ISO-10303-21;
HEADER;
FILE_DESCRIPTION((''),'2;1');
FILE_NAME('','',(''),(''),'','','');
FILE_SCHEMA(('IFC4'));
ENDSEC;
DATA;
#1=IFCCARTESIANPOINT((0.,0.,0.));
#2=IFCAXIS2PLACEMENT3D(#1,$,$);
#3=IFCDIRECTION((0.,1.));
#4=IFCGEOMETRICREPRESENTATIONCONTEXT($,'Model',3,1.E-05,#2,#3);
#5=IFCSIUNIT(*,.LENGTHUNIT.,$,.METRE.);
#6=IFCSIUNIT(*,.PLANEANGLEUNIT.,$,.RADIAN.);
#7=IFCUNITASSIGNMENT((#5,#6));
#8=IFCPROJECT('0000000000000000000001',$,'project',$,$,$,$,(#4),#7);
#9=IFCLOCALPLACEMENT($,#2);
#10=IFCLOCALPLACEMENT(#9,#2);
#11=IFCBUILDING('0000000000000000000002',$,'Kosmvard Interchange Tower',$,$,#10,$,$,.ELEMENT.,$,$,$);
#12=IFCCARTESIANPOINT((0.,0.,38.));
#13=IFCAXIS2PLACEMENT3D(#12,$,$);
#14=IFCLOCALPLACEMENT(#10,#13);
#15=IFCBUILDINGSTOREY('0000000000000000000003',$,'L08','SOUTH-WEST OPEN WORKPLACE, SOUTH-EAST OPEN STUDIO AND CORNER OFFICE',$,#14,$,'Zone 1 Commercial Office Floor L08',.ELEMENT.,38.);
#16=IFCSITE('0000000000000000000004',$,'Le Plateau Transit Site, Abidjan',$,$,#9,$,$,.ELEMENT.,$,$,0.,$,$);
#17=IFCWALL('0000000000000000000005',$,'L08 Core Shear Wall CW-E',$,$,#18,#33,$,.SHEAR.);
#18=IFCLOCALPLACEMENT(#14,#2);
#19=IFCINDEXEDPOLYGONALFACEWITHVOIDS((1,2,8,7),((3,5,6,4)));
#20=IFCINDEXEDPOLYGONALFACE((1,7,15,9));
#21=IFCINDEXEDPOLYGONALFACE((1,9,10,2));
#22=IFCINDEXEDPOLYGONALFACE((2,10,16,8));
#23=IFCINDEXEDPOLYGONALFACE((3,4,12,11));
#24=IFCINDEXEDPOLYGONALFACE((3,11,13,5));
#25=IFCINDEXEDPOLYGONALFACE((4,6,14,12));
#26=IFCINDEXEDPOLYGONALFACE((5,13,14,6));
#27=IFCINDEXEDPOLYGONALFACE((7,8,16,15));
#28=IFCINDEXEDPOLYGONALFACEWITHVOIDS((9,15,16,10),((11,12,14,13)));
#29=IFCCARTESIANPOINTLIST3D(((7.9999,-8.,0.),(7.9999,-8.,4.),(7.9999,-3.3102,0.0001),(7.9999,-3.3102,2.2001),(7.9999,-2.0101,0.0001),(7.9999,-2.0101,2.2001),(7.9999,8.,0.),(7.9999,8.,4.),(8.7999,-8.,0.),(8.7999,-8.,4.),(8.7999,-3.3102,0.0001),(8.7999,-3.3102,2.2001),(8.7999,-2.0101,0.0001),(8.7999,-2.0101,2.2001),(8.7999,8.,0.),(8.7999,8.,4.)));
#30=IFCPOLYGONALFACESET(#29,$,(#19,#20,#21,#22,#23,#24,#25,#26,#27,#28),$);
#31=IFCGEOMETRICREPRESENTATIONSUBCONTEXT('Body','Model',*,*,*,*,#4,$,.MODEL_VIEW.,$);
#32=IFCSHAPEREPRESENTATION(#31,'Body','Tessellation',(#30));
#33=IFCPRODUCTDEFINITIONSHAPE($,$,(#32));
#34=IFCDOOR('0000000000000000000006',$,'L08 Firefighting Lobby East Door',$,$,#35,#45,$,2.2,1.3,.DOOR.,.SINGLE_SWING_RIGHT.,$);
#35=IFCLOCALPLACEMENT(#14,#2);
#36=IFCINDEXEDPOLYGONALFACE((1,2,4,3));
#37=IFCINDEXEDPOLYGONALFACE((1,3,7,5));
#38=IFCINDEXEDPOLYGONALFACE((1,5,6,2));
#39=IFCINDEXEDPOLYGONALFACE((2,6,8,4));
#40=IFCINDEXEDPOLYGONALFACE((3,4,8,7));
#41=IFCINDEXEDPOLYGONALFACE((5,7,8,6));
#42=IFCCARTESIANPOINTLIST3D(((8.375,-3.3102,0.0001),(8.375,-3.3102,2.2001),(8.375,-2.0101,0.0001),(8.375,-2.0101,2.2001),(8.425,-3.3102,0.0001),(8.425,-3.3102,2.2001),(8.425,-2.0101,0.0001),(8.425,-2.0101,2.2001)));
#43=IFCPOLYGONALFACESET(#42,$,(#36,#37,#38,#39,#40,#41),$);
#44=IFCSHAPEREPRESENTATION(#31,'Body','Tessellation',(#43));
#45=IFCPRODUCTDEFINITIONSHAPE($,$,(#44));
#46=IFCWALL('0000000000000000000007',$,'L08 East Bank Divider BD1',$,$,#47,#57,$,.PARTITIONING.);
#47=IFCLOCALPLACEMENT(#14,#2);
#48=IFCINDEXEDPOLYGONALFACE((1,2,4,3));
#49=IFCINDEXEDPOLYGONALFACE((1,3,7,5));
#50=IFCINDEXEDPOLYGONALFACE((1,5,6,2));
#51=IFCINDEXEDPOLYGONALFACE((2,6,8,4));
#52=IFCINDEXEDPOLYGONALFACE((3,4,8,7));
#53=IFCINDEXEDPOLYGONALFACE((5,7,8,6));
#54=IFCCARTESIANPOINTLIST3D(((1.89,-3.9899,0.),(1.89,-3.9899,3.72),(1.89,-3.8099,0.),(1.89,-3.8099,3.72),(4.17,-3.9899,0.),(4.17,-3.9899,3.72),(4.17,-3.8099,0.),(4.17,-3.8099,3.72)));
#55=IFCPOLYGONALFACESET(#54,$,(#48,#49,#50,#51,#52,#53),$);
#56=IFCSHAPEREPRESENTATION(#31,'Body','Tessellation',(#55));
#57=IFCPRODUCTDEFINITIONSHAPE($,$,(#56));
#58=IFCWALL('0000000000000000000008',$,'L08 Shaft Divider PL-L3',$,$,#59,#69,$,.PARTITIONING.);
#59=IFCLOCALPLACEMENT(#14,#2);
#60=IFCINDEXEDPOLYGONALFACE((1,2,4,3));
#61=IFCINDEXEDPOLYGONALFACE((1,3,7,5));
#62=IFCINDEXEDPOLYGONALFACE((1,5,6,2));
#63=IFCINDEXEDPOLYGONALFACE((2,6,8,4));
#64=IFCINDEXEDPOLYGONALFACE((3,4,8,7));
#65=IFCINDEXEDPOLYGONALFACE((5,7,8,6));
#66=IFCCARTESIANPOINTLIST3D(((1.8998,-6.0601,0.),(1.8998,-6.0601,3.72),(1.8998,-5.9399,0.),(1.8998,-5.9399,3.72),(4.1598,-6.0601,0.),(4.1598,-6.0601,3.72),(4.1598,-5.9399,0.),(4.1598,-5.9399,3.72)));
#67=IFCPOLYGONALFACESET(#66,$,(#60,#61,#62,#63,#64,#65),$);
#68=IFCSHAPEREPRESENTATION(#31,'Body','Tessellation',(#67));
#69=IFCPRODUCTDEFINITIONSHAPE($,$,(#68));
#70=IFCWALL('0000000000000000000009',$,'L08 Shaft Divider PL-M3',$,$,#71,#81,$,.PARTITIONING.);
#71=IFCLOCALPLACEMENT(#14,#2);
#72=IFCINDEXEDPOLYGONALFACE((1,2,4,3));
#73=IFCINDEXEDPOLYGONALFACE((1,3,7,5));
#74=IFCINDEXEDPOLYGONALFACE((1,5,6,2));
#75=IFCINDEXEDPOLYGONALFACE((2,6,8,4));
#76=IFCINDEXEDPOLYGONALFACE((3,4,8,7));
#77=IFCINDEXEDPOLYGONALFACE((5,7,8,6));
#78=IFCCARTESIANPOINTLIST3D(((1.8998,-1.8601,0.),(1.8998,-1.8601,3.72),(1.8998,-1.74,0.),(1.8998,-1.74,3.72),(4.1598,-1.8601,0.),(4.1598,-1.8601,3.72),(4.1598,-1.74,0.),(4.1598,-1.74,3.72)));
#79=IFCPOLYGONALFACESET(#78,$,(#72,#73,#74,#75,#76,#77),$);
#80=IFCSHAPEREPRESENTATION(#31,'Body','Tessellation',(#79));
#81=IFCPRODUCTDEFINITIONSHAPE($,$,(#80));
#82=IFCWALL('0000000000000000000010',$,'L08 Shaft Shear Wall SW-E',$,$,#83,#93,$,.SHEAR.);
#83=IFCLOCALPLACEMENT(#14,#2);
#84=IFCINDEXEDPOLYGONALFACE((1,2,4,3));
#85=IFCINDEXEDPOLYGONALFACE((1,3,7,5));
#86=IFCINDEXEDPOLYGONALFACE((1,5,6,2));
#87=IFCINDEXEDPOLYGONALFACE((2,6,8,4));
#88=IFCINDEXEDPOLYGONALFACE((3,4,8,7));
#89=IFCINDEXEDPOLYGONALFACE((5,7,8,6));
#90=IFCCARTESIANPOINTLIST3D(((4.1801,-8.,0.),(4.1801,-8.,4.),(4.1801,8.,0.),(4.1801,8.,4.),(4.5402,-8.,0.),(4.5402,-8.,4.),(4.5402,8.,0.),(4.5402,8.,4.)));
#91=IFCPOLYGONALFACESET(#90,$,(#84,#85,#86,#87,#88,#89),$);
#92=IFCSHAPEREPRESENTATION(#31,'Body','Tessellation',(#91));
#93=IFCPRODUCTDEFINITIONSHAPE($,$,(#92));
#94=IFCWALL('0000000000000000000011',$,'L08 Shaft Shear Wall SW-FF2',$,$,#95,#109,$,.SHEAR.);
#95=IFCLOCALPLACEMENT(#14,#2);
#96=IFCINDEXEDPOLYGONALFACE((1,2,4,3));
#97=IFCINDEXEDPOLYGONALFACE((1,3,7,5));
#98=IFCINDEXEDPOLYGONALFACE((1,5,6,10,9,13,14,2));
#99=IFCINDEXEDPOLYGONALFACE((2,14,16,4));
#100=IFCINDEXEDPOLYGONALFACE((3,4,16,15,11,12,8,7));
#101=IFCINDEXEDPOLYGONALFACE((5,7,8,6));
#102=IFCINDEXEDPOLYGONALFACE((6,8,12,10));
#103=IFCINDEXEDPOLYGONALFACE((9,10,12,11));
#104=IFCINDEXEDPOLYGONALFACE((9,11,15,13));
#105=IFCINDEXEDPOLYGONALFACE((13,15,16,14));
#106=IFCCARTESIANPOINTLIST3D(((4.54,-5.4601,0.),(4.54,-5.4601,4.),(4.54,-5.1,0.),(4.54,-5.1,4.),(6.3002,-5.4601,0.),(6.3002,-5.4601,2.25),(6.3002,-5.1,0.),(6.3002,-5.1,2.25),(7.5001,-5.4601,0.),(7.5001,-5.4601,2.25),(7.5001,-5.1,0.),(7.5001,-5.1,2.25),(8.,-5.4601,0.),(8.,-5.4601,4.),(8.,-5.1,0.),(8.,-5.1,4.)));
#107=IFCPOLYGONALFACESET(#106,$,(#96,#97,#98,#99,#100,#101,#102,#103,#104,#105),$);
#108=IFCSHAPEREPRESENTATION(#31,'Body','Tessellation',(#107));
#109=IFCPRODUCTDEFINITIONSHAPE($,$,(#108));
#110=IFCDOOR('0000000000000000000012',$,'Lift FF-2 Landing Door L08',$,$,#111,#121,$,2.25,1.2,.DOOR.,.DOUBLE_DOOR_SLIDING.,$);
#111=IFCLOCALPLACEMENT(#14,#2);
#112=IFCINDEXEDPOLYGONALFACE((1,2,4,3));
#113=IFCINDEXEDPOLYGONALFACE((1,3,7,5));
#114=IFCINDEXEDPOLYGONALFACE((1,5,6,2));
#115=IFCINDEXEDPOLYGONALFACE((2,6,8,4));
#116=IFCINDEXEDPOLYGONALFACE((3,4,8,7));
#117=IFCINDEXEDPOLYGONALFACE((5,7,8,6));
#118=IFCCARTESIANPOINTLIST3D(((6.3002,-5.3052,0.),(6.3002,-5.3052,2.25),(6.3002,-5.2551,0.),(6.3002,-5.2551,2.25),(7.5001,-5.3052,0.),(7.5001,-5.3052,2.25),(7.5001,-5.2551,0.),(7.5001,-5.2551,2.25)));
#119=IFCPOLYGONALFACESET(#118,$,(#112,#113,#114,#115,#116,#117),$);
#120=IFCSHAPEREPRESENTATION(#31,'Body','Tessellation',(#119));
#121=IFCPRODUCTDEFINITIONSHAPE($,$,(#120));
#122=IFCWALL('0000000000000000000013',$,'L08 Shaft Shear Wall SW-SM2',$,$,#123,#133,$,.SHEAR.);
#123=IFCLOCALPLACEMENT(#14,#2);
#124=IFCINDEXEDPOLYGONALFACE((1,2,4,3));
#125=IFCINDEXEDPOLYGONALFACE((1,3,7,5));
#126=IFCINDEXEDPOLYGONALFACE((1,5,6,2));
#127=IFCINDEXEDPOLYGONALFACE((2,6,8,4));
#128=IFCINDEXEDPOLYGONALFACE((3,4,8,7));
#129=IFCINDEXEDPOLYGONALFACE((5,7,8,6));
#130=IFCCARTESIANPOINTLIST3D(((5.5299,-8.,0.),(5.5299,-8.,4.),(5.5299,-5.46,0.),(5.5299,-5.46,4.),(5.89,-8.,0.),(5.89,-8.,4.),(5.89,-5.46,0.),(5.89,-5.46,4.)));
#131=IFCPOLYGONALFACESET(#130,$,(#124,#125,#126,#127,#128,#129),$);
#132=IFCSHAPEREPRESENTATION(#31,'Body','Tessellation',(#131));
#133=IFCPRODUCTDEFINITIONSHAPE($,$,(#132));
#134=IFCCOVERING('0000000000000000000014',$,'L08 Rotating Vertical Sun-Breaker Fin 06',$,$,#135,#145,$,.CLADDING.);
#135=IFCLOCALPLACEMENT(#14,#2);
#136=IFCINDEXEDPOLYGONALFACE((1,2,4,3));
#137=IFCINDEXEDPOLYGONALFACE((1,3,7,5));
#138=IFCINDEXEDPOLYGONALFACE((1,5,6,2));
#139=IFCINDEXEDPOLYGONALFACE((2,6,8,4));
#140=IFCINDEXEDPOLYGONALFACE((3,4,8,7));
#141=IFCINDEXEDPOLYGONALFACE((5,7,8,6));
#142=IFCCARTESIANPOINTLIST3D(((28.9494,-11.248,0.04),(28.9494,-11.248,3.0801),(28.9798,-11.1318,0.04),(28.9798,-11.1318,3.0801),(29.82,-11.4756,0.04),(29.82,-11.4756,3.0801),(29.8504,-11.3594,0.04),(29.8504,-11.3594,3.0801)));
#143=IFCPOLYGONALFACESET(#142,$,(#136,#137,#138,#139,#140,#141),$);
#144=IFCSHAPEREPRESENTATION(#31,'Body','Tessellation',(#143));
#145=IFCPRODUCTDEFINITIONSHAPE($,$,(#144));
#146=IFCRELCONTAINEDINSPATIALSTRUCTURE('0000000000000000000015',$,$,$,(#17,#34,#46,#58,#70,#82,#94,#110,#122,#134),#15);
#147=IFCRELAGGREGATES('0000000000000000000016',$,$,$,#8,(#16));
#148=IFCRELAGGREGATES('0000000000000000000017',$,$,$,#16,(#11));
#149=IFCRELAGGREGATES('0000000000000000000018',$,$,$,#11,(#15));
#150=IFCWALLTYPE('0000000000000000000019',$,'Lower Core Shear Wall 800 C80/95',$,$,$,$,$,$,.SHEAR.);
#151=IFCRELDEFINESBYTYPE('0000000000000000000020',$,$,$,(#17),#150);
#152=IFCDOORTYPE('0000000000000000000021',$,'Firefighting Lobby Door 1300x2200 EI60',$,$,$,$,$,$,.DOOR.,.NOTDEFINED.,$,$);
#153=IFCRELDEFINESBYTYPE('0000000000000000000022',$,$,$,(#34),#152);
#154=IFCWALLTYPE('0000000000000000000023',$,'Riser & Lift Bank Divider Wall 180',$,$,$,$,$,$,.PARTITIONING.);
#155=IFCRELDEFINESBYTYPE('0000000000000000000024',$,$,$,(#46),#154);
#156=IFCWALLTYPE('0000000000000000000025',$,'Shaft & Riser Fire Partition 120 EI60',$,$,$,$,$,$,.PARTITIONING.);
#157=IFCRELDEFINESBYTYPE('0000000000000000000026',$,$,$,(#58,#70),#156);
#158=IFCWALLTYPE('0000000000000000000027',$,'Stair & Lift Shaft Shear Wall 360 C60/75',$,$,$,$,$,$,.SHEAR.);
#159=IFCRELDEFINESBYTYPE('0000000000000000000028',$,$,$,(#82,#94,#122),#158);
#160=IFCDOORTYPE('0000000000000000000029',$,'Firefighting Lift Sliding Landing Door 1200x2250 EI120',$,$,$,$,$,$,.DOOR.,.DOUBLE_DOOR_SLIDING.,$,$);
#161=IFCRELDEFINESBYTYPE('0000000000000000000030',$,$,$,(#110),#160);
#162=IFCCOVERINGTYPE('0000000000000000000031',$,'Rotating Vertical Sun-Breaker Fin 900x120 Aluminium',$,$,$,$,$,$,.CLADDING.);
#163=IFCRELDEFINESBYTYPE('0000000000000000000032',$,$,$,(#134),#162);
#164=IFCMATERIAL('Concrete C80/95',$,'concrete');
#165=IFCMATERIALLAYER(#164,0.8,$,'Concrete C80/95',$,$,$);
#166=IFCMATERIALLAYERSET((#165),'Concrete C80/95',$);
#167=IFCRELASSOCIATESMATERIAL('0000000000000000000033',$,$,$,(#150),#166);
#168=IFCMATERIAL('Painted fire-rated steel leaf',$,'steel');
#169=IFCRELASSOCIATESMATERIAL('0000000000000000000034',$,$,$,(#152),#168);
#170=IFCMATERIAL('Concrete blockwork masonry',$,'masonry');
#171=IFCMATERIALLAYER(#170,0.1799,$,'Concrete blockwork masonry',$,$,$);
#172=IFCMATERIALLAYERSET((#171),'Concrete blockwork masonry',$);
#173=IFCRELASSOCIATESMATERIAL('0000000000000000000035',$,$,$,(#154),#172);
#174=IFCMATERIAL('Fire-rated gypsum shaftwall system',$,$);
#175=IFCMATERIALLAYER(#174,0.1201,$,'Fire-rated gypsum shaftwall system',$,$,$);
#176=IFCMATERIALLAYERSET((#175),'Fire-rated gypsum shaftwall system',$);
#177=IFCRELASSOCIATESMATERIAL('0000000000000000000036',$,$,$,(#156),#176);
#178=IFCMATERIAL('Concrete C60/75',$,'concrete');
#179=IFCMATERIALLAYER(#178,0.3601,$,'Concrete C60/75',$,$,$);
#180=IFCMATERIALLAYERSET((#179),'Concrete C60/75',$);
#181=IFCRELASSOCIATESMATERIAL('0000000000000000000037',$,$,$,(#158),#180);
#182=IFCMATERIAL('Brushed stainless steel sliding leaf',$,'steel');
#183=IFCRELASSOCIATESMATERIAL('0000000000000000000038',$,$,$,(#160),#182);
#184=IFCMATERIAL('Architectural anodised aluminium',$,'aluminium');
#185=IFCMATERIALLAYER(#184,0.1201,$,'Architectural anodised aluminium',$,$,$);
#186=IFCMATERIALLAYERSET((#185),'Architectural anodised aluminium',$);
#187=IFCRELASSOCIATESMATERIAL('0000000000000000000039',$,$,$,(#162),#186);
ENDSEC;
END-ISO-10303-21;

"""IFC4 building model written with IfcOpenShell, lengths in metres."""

from ifc_helpers import new_model, si_unit, direction, frame, frame_2d, origin, origin_2d, place, context, subcontext, project, spatial, rectangle, extrude, source, transform, mapped, material, layer, layer_set, type_object, element, fill, save


model = new_model("IFC4")

# Units and contexts
model_context = context("Model", 3, precision=1e-05, world=origin(), true_north=direction((0.0, 1.0)))
body_context = subcontext(model_context, "Body", "Model", "MODEL_VIEW")
ifc_project = project(units=[si_unit("LENGTHUNIT", "METRE"), si_unit("PLANEANGLEUNIT", "RADIAN")], contexts=[model_context])

# Site, building, storey
site_placement = place(None, origin())
site = spatial("IfcSite", under=ifc_project, at=site_placement, Name="Le Plateau Transit Site, Abidjan", CompositionType="ELEMENT", RefElevation=0.0)
building_placement = place(site_placement, origin())
building = spatial("IfcBuilding", under=site, at=building_placement, Name="Kosmvard Interchange Tower", CompositionType="ELEMENT")
storey_placement = place(building_placement, frame((0.0, 0.0, 38.0)))
storey = spatial("IfcBuildingStorey", under=building, at=storey_placement, Name="L08", Description="SOUTH-WEST OPEN WORKPLACE, SOUTH-EAST OPEN STUDIO AND CORNER OFFICE", LongName="Zone 1 Commercial Office Floor L08", CompositionType="ELEMENT", Elevation=38.0)

# Shared definitions
ifc_material_1 = material(Name="Concrete C80/95", Category="concrete")
ifc_material_2 = material(Name="Concrete C60/75", Category="concrete")

# Shared definitions
ifc_material_3 = material(Name="Brushed stainless steel sliding leaf", Category="steel")

# Wall, opening, door
ifc_layer_1 = layer(ifc_material_1, 0.8, Name="Concrete C80/95")
ifc_layer_set_1 = layer_set([ifc_layer_1], Name="Concrete C80/95")
wall_type_1 = type_object("IfcWallType", Name="Lower Core Shear Wall 800 C80/95", PredefinedType="SHEAR", material=ifc_layer_set_1)
wall_1_placement = place(storey_placement, frame((8.3999, -8.0, 0.0), z_axis=(0.0, 0.0, 1.0), x_axis=(0.0, 1.0, 0.0)))
wall_1 = element("IfcWall", 1, at=wall_1_placement, inside=storey, type_object=wall_type_1, Name="L08 Core Shear Wall CW-E", PredefinedType="SHEAR", context=body_context, shape_type="SweptSolid", body=[
    extrude(rectangle(XDim=16.0, YDim=0.8, at=frame_2d((8.0, 0.0))), origin(), (0.0, 0.0, 1.0), 4.0),
])
opening_1_placement = place(wall_1_placement, frame((4.6899, 0.0, 0.0)))
opening_1 = element("IfcOpeningElement", 2, at=opening_1_placement, cuts=wall_1, PredefinedType="OPENING", context=body_context, shape_type="SweptSolid", body=[
    extrude(rectangle(XDim=1.3, YDim=2.2, at=frame_2d((0.6499, 1.1001))), frame((0.0, 0.4102, 0.0), z_axis=(0.0, -1.0, 0.0), x_axis=(1.0, 0.0, 0.0)), (0.0, 0.0, 1.0), 0.8201),
])
ifc_material_4 = material(Name="Painted fire-rated steel leaf", Category="steel")
door_type_1 = type_object("IfcDoorType", Name="Firefighting Lobby Door 1300x2200 EI60", OperationType="NOTDEFINED", PredefinedType="DOOR", material=ifc_material_4)
shared_shape_1 = source(origin(), body_context, "Body", "SweptSolid", [
    extrude(rectangle(XDim=1.3, YDim=2.2, at=frame_2d((0.6499, 1.1001))), frame((0.0, 0.0249, 0.0), z_axis=(0.0, -1.0, 0.0), x_axis=(1.0, 0.0, 0.0)), (0.0, 0.0, 1.0), 0.05),
])
door_1_placement = place(opening_1_placement, origin())
door_1 = element("IfcDoor", 3, at=door_1_placement, inside=storey, type_object=door_type_1, Name="L08 Firefighting Lobby East Door", OperationType="SINGLE_SWING_RIGHT", OverallHeight=2.2, OverallWidth=1.3, PredefinedType="DOOR", context=body_context, shape_type="MappedRepresentation", body=[
    mapped(shared_shape_1, transform((0.0, 0.0, 0.0), scale=1.0)),
])
fill(opening_1, door_1)

# Walls
ifc_material_5 = material(Name="Concrete blockwork masonry", Category="masonry")
ifc_layer_2 = layer(ifc_material_5, 0.1799, Name="Concrete blockwork masonry")
ifc_layer_set_2 = layer_set([ifc_layer_2], Name="Concrete blockwork masonry")
wall_type_2 = type_object("IfcWallType", Name="Riser & Lift Bank Divider Wall 180", PredefinedType="PARTITIONING", material=ifc_layer_set_2)
wall_2_placement = place(storey_placement, frame((1.8899, -3.8999, 0.0), z_axis=(0.0, 0.0, 1.0), x_axis=(1.0, 0.0, 0.0)))
element("IfcWall", 4, at=wall_2_placement, inside=storey, type_object=wall_type_2, Name="L08 East Bank Divider BD1", PredefinedType="PARTITIONING", context=body_context, shape_type="SweptSolid", body=[
    extrude(rectangle(XDim=2.28, YDim=0.1799, at=frame_2d((1.1401, 0.0))), origin(), (0.0, 0.0, 1.0), 3.72),
])
ifc_material_6 = material(Name="Fire-rated gypsum shaftwall system")
ifc_layer_3 = layer(ifc_material_6, 0.1201, Name="Fire-rated gypsum shaftwall system")
ifc_layer_set_3 = layer_set([ifc_layer_3], Name="Fire-rated gypsum shaftwall system")
wall_type_3 = type_object("IfcWallType", Name="Shaft & Riser Fire Partition 120 EI60", PredefinedType="PARTITIONING", material=ifc_layer_set_3)
for number, where, z_axis, x_axis, name in (
    (5, (1.8999, -6.0, 0.0), (0.0, 0.0, 1.0), (1.0, 0.0, 0.0), "L08 Shaft Divider PL-L3"),
    (6, (1.8999, -1.8, 0.0), (0.0, 0.0, 1.0), (1.0, 0.0, 0.0), "L08 Shaft Divider PL-M3"),
):
    element("IfcWall", number, at=place(storey_placement, frame(where, z_axis=z_axis, x_axis=x_axis)), inside=storey, type_object=wall_type_3, Name=name, PredefinedType="PARTITIONING", context=body_context, shape_type="SweptSolid", body=[
        extrude(rectangle(XDim=2.26, YDim=0.1201, at=frame_2d((1.1299, 0.0))), origin(), (0.0, 0.0, 1.0), 3.72),
    ])
ifc_layer_4 = layer(ifc_material_2, 0.3601, Name="Concrete C60/75")
ifc_layer_set_4 = layer_set([ifc_layer_4], Name="Concrete C60/75")
wall_type_4 = type_object("IfcWallType", Name="Stair & Lift Shaft Shear Wall 360 C60/75", PredefinedType="SHEAR", material=ifc_layer_set_4)
wall_3_placement = place(storey_placement, frame((4.3601, -8.0, 0.0), z_axis=(0.0, 0.0, 1.0), x_axis=(0.0, 1.0, 0.0)))
element("IfcWall", 7, at=wall_3_placement, inside=storey, type_object=wall_type_4, Name="L08 Shaft Shear Wall SW-E", PredefinedType="SHEAR", context=body_context, shape_type="SweptSolid", body=[
    extrude(rectangle(XDim=16.0, YDim=0.3601, at=frame_2d((8.0, 0.0))), origin(), (0.0, 0.0, 1.0), 4.0),
])

# Wall, opening, door
wall_4_placement = place(storey_placement, frame((4.54, -5.28, 0.0), z_axis=(0.0, 0.0, 1.0), x_axis=(1.0, 0.0, 0.0)))
wall_4 = element("IfcWall", 8, at=wall_4_placement, inside=storey, type_object=wall_type_4, Name="L08 Shaft Shear Wall SW-FF2", PredefinedType="SHEAR", context=body_context, shape_type="SweptSolid", body=[
    extrude(rectangle(XDim=3.46, YDim=0.3601, at=frame_2d((1.73, 0.0))), origin(), (0.0, 0.0, 1.0), 4.0),
])
opening_2_placement = place(wall_4_placement, frame((1.76, 0.0, 0.0)))
opening_2 = element("IfcOpeningElement", 9, at=opening_2_placement, cuts=wall_4, PredefinedType="OPENING", context=body_context, shape_type="SweptSolid", body=[
    extrude(rectangle(XDim=1.2, YDim=2.25, at=frame_2d((0.6001, 1.125))), frame((0.0, 0.1899, 0.0), z_axis=(0.0, -1.0, 0.0), x_axis=(1.0, 0.0, 0.0)), (0.0, 0.0, 1.0), 0.3801),
])
door_type_2 = type_object("IfcDoorType", Name="Firefighting Lift Sliding Landing Door 1200x2250 EI120", OperationType="DOUBLE_DOOR_SLIDING", PredefinedType="DOOR", material=ifc_material_3)
shared_shape_2 = source(origin(), body_context, "Body", "SweptSolid", [
    extrude(rectangle(XDim=1.2, YDim=2.25, at=frame_2d((0.6001, 1.125))), frame((0.0, 0.0249, 0.0), z_axis=(0.0, -1.0, 0.0), x_axis=(1.0, 0.0, 0.0)), (0.0, 0.0, 1.0), 0.05),
])
door_2_placement = place(opening_2_placement, origin())
door_2 = element("IfcDoor", 10, at=door_2_placement, inside=storey, type_object=door_type_2, Name="Lift FF-2 Landing Door L08", OperationType="DOUBLE_DOOR_SLIDING", OverallHeight=2.25, OverallWidth=1.2, PredefinedType="DOOR", context=body_context, shape_type="MappedRepresentation", body=[
    mapped(shared_shape_2, transform((0.0, 0.0, 0.0), scale=1.0)),
])
fill(opening_2, door_2)

# Wall
wall_5_placement = place(storey_placement, frame((5.71, -8.0, 0.0), z_axis=(0.0, 0.0, 1.0), x_axis=(0.0, 1.0, 0.0)))
element("IfcWall", 11, at=wall_5_placement, inside=storey, type_object=wall_type_4, Name="L08 Shaft Shear Wall SW-SM2", PredefinedType="SHEAR", context=body_context, shape_type="SweptSolid", body=[
    extrude(rectangle(XDim=2.54, YDim=0.3601, at=frame_2d((1.27, 0.0))), origin(), (0.0, 0.0, 1.0), 4.0),
])

# Covering
ifc_material_7 = material(Name="Architectural anodised aluminium", Category="aluminium")
ifc_layer_5 = layer(ifc_material_7, 0.1201, Name="Architectural anodised aluminium")
ifc_layer_set_5 = layer_set([ifc_layer_5], Name="Architectural anodised aluminium")
covering_type = type_object("IfcCoveringType", Name="Rotating Vertical Sun-Breaker Fin 900x120 Aluminium", PredefinedType="CLADDING", material=ifc_layer_set_5)
shared_shape_3 = source(origin(), body_context, "Body", "SweptSolid", [
    extrude(rectangle(XDim=0.8999, YDim=0.1201, at=origin_2d()), origin(), (0.0, 0.0, 1.0), 3.04),
])
covering_placement = place(storey_placement, frame((29.3999, -11.3037, 0.04), z_axis=(0.0, 0.0, 1.0), x_axis=(0.967489, -0.252914, 0.0)))
element("IfcCovering", 12, at=covering_placement, inside=storey, type_object=covering_type, Name="L08 Rotating Vertical Sun-Breaker Fin 06", PredefinedType="CLADDING", context=body_context, shape_type="MappedRepresentation", body=[
    mapped(shared_shape_3, transform((0.0, 0.0, 0.0), scale=1.0)),
])

save(model, "model.ifc")
